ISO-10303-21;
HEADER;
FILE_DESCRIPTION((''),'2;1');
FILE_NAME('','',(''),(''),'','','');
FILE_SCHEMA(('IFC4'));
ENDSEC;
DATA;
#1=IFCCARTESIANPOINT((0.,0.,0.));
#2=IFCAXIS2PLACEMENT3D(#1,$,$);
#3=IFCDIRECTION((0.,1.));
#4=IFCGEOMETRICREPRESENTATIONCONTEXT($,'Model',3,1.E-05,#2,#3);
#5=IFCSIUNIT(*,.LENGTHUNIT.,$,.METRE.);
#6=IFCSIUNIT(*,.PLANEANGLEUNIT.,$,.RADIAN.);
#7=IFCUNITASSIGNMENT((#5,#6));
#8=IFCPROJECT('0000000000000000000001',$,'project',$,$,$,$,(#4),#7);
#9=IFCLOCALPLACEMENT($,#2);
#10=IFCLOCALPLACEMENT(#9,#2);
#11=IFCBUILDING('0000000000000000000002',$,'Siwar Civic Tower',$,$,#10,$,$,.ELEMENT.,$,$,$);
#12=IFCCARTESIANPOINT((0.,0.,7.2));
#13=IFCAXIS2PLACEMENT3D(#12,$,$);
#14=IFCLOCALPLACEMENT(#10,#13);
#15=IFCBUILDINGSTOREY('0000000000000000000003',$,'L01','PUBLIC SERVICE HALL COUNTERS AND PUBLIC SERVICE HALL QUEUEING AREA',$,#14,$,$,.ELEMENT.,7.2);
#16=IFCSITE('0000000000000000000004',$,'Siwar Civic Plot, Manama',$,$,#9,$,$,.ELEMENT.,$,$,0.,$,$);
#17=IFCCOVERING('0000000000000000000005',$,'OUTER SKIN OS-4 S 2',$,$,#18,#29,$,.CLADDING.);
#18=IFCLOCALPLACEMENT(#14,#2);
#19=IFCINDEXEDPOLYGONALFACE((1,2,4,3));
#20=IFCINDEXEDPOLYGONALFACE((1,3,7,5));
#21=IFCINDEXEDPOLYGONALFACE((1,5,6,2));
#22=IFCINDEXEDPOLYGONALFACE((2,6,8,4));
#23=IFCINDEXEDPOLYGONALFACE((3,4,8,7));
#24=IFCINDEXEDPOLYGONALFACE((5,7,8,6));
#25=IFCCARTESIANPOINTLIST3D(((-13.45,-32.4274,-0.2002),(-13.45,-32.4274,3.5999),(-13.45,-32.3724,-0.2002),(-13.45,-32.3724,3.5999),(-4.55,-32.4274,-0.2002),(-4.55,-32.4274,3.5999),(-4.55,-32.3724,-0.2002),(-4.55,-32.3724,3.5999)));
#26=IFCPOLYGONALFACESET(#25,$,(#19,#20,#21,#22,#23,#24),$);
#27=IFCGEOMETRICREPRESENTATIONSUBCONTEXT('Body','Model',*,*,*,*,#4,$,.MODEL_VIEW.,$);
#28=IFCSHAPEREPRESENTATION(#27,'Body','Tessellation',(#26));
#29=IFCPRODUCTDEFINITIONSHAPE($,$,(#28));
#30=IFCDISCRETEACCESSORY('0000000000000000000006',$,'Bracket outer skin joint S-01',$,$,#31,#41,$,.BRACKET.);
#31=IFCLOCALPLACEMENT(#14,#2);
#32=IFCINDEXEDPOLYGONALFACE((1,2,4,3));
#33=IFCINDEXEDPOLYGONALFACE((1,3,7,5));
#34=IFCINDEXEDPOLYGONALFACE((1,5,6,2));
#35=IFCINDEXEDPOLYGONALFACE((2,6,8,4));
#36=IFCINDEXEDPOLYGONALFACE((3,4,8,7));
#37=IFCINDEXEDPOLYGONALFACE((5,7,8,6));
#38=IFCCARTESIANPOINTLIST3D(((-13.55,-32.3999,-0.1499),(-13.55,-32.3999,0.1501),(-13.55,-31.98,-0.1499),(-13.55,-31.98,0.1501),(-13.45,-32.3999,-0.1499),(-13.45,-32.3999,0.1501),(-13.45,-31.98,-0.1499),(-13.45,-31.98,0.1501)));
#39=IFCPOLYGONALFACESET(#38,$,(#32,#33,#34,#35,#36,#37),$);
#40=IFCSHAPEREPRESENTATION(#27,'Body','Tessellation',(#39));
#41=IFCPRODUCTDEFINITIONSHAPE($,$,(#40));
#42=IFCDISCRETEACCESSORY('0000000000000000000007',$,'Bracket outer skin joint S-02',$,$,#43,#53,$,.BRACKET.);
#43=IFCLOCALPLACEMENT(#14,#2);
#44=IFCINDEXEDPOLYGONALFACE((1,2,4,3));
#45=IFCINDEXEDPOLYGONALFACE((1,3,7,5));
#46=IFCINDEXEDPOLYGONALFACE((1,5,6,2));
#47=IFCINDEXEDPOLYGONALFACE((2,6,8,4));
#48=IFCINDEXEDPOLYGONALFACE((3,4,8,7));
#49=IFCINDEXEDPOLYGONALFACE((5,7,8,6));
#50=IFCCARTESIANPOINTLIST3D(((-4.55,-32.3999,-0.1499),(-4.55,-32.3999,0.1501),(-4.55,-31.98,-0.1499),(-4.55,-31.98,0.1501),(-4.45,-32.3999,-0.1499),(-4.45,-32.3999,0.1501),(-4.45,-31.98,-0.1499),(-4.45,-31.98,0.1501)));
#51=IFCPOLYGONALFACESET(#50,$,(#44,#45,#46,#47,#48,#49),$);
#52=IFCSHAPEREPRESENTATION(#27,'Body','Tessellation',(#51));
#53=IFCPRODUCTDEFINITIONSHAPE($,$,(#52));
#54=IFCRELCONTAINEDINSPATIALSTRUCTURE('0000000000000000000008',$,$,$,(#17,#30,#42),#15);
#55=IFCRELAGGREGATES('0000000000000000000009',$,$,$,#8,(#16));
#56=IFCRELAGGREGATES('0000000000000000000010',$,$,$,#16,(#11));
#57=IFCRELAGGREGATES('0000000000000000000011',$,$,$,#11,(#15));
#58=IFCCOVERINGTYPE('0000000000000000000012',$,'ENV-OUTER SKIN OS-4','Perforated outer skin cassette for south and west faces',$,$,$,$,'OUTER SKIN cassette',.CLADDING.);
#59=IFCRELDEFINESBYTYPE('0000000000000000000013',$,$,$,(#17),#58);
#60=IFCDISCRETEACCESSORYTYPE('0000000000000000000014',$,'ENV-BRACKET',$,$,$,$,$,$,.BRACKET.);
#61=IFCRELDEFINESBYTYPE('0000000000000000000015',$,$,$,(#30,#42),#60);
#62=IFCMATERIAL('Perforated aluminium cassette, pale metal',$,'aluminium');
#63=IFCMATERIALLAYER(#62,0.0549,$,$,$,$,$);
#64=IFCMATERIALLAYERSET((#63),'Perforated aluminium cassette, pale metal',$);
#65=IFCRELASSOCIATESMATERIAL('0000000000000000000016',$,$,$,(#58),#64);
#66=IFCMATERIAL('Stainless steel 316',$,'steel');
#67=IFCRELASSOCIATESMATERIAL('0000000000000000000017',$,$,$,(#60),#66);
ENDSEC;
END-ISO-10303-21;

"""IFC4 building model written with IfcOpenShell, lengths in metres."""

from ifc_helpers import new_model, si_unit, direction, frame, origin, origin_2d, place, context, subcontext, project, spatial, rectangle, extrude, material, layer, layer_set, type_object, element, save


model = new_model("IFC4")

# Units and contexts
model_context = context("Model", 3, precision=1e-05, world=origin(), true_north=direction((0.0, 1.0)))
body_context = subcontext(model_context, "Body", "Model", "MODEL_VIEW")
ifc_project = project(units=[si_unit("LENGTHUNIT", "METRE"), si_unit("PLANEANGLEUNIT", "RADIAN")], contexts=[model_context])

# Site, building, storey
site_placement = place(None, origin())
site = spatial("IfcSite", under=ifc_project, at=site_placement, Name="Siwar Civic Plot, Manama", CompositionType="ELEMENT", RefElevation=0.0)
building_placement = place(site_placement, origin())
building = spatial("IfcBuilding", under=site, at=building_placement, Name="Siwar Civic Tower", CompositionType="ELEMENT")
storey_placement = place(building_placement, frame((0.0, 0.0, 7.2)))
storey = spatial("IfcBuildingStorey", under=building, at=storey_placement, Name="L01", Description="PUBLIC SERVICE HALL COUNTERS AND PUBLIC SERVICE HALL QUEUEING AREA", CompositionType="ELEMENT", Elevation=7.2)

# Covering
ifc_material_1 = material(Name="Perforated aluminium cassette, pale metal", Category="aluminium")
ifc_layer_1 = layer(ifc_material_1, 0.0549)
ifc_layer_set_1 = layer_set([ifc_layer_1], Name="Perforated aluminium cassette, pale metal")
covering_type = type_object("IfcCoveringType", Name="ENV-OUTER SKIN OS-4", Description="Perforated outer skin cassette for south and west faces", ElementType="OUTER SKIN cassette", PredefinedType="CLADDING", material=ifc_layer_set_1)
covering_placement = place(storey_placement, frame((-9.0, -32.3999, -0.2002), z_axis=(0.0, 0.0, 1.0), x_axis=(1.0, 0.0, 0.0)))
element("IfcCovering", 1, at=covering_placement, inside=storey, type_object=covering_type, Name="OUTER SKIN OS-4 S 2", PredefinedType="CLADDING", context=body_context, shape_type="SweptSolid", body=[
    extrude(rectangle(XDim=8.8999, YDim=0.0549, at=origin_2d()), origin(), (0.0, 0.0, 1.0), 3.8),
])

# Discrete accessories
ifc_material_2 = material(Name="Stainless steel 316", Category="steel")
discrete_accessory_type = type_object("IfcDiscreteAccessoryType", Name="ENV-BRACKET", PredefinedType="BRACKET", material=ifc_material_2)
for number, where, z_axis, x_axis, name in (
    (2, (-13.5, -32.1899, -0.1499), (0.0, 0.0, 1.0), (0.0, -1.0, 0.0), "Bracket outer skin joint S-01"),
    (3, (-4.5, -32.1899, -0.1499), (0.0, 0.0, 1.0), (0.0, -1.0, 0.0), "Bracket outer skin joint S-02"),
):
    element("IfcDiscreteAccessory", number, at=place(storey_placement, frame(where, z_axis=z_axis, x_axis=x_axis)), inside=storey, type_object=discrete_accessory_type, Name=name, PredefinedType="BRACKET", context=body_context, shape_type="SweptSolid", body=[
        extrude(rectangle(XDim=0.4199, YDim=0.1001, at=origin_2d()), origin(), (0.0, 0.0, 1.0), 0.3),
    ])

save(model, "model.ifc")
